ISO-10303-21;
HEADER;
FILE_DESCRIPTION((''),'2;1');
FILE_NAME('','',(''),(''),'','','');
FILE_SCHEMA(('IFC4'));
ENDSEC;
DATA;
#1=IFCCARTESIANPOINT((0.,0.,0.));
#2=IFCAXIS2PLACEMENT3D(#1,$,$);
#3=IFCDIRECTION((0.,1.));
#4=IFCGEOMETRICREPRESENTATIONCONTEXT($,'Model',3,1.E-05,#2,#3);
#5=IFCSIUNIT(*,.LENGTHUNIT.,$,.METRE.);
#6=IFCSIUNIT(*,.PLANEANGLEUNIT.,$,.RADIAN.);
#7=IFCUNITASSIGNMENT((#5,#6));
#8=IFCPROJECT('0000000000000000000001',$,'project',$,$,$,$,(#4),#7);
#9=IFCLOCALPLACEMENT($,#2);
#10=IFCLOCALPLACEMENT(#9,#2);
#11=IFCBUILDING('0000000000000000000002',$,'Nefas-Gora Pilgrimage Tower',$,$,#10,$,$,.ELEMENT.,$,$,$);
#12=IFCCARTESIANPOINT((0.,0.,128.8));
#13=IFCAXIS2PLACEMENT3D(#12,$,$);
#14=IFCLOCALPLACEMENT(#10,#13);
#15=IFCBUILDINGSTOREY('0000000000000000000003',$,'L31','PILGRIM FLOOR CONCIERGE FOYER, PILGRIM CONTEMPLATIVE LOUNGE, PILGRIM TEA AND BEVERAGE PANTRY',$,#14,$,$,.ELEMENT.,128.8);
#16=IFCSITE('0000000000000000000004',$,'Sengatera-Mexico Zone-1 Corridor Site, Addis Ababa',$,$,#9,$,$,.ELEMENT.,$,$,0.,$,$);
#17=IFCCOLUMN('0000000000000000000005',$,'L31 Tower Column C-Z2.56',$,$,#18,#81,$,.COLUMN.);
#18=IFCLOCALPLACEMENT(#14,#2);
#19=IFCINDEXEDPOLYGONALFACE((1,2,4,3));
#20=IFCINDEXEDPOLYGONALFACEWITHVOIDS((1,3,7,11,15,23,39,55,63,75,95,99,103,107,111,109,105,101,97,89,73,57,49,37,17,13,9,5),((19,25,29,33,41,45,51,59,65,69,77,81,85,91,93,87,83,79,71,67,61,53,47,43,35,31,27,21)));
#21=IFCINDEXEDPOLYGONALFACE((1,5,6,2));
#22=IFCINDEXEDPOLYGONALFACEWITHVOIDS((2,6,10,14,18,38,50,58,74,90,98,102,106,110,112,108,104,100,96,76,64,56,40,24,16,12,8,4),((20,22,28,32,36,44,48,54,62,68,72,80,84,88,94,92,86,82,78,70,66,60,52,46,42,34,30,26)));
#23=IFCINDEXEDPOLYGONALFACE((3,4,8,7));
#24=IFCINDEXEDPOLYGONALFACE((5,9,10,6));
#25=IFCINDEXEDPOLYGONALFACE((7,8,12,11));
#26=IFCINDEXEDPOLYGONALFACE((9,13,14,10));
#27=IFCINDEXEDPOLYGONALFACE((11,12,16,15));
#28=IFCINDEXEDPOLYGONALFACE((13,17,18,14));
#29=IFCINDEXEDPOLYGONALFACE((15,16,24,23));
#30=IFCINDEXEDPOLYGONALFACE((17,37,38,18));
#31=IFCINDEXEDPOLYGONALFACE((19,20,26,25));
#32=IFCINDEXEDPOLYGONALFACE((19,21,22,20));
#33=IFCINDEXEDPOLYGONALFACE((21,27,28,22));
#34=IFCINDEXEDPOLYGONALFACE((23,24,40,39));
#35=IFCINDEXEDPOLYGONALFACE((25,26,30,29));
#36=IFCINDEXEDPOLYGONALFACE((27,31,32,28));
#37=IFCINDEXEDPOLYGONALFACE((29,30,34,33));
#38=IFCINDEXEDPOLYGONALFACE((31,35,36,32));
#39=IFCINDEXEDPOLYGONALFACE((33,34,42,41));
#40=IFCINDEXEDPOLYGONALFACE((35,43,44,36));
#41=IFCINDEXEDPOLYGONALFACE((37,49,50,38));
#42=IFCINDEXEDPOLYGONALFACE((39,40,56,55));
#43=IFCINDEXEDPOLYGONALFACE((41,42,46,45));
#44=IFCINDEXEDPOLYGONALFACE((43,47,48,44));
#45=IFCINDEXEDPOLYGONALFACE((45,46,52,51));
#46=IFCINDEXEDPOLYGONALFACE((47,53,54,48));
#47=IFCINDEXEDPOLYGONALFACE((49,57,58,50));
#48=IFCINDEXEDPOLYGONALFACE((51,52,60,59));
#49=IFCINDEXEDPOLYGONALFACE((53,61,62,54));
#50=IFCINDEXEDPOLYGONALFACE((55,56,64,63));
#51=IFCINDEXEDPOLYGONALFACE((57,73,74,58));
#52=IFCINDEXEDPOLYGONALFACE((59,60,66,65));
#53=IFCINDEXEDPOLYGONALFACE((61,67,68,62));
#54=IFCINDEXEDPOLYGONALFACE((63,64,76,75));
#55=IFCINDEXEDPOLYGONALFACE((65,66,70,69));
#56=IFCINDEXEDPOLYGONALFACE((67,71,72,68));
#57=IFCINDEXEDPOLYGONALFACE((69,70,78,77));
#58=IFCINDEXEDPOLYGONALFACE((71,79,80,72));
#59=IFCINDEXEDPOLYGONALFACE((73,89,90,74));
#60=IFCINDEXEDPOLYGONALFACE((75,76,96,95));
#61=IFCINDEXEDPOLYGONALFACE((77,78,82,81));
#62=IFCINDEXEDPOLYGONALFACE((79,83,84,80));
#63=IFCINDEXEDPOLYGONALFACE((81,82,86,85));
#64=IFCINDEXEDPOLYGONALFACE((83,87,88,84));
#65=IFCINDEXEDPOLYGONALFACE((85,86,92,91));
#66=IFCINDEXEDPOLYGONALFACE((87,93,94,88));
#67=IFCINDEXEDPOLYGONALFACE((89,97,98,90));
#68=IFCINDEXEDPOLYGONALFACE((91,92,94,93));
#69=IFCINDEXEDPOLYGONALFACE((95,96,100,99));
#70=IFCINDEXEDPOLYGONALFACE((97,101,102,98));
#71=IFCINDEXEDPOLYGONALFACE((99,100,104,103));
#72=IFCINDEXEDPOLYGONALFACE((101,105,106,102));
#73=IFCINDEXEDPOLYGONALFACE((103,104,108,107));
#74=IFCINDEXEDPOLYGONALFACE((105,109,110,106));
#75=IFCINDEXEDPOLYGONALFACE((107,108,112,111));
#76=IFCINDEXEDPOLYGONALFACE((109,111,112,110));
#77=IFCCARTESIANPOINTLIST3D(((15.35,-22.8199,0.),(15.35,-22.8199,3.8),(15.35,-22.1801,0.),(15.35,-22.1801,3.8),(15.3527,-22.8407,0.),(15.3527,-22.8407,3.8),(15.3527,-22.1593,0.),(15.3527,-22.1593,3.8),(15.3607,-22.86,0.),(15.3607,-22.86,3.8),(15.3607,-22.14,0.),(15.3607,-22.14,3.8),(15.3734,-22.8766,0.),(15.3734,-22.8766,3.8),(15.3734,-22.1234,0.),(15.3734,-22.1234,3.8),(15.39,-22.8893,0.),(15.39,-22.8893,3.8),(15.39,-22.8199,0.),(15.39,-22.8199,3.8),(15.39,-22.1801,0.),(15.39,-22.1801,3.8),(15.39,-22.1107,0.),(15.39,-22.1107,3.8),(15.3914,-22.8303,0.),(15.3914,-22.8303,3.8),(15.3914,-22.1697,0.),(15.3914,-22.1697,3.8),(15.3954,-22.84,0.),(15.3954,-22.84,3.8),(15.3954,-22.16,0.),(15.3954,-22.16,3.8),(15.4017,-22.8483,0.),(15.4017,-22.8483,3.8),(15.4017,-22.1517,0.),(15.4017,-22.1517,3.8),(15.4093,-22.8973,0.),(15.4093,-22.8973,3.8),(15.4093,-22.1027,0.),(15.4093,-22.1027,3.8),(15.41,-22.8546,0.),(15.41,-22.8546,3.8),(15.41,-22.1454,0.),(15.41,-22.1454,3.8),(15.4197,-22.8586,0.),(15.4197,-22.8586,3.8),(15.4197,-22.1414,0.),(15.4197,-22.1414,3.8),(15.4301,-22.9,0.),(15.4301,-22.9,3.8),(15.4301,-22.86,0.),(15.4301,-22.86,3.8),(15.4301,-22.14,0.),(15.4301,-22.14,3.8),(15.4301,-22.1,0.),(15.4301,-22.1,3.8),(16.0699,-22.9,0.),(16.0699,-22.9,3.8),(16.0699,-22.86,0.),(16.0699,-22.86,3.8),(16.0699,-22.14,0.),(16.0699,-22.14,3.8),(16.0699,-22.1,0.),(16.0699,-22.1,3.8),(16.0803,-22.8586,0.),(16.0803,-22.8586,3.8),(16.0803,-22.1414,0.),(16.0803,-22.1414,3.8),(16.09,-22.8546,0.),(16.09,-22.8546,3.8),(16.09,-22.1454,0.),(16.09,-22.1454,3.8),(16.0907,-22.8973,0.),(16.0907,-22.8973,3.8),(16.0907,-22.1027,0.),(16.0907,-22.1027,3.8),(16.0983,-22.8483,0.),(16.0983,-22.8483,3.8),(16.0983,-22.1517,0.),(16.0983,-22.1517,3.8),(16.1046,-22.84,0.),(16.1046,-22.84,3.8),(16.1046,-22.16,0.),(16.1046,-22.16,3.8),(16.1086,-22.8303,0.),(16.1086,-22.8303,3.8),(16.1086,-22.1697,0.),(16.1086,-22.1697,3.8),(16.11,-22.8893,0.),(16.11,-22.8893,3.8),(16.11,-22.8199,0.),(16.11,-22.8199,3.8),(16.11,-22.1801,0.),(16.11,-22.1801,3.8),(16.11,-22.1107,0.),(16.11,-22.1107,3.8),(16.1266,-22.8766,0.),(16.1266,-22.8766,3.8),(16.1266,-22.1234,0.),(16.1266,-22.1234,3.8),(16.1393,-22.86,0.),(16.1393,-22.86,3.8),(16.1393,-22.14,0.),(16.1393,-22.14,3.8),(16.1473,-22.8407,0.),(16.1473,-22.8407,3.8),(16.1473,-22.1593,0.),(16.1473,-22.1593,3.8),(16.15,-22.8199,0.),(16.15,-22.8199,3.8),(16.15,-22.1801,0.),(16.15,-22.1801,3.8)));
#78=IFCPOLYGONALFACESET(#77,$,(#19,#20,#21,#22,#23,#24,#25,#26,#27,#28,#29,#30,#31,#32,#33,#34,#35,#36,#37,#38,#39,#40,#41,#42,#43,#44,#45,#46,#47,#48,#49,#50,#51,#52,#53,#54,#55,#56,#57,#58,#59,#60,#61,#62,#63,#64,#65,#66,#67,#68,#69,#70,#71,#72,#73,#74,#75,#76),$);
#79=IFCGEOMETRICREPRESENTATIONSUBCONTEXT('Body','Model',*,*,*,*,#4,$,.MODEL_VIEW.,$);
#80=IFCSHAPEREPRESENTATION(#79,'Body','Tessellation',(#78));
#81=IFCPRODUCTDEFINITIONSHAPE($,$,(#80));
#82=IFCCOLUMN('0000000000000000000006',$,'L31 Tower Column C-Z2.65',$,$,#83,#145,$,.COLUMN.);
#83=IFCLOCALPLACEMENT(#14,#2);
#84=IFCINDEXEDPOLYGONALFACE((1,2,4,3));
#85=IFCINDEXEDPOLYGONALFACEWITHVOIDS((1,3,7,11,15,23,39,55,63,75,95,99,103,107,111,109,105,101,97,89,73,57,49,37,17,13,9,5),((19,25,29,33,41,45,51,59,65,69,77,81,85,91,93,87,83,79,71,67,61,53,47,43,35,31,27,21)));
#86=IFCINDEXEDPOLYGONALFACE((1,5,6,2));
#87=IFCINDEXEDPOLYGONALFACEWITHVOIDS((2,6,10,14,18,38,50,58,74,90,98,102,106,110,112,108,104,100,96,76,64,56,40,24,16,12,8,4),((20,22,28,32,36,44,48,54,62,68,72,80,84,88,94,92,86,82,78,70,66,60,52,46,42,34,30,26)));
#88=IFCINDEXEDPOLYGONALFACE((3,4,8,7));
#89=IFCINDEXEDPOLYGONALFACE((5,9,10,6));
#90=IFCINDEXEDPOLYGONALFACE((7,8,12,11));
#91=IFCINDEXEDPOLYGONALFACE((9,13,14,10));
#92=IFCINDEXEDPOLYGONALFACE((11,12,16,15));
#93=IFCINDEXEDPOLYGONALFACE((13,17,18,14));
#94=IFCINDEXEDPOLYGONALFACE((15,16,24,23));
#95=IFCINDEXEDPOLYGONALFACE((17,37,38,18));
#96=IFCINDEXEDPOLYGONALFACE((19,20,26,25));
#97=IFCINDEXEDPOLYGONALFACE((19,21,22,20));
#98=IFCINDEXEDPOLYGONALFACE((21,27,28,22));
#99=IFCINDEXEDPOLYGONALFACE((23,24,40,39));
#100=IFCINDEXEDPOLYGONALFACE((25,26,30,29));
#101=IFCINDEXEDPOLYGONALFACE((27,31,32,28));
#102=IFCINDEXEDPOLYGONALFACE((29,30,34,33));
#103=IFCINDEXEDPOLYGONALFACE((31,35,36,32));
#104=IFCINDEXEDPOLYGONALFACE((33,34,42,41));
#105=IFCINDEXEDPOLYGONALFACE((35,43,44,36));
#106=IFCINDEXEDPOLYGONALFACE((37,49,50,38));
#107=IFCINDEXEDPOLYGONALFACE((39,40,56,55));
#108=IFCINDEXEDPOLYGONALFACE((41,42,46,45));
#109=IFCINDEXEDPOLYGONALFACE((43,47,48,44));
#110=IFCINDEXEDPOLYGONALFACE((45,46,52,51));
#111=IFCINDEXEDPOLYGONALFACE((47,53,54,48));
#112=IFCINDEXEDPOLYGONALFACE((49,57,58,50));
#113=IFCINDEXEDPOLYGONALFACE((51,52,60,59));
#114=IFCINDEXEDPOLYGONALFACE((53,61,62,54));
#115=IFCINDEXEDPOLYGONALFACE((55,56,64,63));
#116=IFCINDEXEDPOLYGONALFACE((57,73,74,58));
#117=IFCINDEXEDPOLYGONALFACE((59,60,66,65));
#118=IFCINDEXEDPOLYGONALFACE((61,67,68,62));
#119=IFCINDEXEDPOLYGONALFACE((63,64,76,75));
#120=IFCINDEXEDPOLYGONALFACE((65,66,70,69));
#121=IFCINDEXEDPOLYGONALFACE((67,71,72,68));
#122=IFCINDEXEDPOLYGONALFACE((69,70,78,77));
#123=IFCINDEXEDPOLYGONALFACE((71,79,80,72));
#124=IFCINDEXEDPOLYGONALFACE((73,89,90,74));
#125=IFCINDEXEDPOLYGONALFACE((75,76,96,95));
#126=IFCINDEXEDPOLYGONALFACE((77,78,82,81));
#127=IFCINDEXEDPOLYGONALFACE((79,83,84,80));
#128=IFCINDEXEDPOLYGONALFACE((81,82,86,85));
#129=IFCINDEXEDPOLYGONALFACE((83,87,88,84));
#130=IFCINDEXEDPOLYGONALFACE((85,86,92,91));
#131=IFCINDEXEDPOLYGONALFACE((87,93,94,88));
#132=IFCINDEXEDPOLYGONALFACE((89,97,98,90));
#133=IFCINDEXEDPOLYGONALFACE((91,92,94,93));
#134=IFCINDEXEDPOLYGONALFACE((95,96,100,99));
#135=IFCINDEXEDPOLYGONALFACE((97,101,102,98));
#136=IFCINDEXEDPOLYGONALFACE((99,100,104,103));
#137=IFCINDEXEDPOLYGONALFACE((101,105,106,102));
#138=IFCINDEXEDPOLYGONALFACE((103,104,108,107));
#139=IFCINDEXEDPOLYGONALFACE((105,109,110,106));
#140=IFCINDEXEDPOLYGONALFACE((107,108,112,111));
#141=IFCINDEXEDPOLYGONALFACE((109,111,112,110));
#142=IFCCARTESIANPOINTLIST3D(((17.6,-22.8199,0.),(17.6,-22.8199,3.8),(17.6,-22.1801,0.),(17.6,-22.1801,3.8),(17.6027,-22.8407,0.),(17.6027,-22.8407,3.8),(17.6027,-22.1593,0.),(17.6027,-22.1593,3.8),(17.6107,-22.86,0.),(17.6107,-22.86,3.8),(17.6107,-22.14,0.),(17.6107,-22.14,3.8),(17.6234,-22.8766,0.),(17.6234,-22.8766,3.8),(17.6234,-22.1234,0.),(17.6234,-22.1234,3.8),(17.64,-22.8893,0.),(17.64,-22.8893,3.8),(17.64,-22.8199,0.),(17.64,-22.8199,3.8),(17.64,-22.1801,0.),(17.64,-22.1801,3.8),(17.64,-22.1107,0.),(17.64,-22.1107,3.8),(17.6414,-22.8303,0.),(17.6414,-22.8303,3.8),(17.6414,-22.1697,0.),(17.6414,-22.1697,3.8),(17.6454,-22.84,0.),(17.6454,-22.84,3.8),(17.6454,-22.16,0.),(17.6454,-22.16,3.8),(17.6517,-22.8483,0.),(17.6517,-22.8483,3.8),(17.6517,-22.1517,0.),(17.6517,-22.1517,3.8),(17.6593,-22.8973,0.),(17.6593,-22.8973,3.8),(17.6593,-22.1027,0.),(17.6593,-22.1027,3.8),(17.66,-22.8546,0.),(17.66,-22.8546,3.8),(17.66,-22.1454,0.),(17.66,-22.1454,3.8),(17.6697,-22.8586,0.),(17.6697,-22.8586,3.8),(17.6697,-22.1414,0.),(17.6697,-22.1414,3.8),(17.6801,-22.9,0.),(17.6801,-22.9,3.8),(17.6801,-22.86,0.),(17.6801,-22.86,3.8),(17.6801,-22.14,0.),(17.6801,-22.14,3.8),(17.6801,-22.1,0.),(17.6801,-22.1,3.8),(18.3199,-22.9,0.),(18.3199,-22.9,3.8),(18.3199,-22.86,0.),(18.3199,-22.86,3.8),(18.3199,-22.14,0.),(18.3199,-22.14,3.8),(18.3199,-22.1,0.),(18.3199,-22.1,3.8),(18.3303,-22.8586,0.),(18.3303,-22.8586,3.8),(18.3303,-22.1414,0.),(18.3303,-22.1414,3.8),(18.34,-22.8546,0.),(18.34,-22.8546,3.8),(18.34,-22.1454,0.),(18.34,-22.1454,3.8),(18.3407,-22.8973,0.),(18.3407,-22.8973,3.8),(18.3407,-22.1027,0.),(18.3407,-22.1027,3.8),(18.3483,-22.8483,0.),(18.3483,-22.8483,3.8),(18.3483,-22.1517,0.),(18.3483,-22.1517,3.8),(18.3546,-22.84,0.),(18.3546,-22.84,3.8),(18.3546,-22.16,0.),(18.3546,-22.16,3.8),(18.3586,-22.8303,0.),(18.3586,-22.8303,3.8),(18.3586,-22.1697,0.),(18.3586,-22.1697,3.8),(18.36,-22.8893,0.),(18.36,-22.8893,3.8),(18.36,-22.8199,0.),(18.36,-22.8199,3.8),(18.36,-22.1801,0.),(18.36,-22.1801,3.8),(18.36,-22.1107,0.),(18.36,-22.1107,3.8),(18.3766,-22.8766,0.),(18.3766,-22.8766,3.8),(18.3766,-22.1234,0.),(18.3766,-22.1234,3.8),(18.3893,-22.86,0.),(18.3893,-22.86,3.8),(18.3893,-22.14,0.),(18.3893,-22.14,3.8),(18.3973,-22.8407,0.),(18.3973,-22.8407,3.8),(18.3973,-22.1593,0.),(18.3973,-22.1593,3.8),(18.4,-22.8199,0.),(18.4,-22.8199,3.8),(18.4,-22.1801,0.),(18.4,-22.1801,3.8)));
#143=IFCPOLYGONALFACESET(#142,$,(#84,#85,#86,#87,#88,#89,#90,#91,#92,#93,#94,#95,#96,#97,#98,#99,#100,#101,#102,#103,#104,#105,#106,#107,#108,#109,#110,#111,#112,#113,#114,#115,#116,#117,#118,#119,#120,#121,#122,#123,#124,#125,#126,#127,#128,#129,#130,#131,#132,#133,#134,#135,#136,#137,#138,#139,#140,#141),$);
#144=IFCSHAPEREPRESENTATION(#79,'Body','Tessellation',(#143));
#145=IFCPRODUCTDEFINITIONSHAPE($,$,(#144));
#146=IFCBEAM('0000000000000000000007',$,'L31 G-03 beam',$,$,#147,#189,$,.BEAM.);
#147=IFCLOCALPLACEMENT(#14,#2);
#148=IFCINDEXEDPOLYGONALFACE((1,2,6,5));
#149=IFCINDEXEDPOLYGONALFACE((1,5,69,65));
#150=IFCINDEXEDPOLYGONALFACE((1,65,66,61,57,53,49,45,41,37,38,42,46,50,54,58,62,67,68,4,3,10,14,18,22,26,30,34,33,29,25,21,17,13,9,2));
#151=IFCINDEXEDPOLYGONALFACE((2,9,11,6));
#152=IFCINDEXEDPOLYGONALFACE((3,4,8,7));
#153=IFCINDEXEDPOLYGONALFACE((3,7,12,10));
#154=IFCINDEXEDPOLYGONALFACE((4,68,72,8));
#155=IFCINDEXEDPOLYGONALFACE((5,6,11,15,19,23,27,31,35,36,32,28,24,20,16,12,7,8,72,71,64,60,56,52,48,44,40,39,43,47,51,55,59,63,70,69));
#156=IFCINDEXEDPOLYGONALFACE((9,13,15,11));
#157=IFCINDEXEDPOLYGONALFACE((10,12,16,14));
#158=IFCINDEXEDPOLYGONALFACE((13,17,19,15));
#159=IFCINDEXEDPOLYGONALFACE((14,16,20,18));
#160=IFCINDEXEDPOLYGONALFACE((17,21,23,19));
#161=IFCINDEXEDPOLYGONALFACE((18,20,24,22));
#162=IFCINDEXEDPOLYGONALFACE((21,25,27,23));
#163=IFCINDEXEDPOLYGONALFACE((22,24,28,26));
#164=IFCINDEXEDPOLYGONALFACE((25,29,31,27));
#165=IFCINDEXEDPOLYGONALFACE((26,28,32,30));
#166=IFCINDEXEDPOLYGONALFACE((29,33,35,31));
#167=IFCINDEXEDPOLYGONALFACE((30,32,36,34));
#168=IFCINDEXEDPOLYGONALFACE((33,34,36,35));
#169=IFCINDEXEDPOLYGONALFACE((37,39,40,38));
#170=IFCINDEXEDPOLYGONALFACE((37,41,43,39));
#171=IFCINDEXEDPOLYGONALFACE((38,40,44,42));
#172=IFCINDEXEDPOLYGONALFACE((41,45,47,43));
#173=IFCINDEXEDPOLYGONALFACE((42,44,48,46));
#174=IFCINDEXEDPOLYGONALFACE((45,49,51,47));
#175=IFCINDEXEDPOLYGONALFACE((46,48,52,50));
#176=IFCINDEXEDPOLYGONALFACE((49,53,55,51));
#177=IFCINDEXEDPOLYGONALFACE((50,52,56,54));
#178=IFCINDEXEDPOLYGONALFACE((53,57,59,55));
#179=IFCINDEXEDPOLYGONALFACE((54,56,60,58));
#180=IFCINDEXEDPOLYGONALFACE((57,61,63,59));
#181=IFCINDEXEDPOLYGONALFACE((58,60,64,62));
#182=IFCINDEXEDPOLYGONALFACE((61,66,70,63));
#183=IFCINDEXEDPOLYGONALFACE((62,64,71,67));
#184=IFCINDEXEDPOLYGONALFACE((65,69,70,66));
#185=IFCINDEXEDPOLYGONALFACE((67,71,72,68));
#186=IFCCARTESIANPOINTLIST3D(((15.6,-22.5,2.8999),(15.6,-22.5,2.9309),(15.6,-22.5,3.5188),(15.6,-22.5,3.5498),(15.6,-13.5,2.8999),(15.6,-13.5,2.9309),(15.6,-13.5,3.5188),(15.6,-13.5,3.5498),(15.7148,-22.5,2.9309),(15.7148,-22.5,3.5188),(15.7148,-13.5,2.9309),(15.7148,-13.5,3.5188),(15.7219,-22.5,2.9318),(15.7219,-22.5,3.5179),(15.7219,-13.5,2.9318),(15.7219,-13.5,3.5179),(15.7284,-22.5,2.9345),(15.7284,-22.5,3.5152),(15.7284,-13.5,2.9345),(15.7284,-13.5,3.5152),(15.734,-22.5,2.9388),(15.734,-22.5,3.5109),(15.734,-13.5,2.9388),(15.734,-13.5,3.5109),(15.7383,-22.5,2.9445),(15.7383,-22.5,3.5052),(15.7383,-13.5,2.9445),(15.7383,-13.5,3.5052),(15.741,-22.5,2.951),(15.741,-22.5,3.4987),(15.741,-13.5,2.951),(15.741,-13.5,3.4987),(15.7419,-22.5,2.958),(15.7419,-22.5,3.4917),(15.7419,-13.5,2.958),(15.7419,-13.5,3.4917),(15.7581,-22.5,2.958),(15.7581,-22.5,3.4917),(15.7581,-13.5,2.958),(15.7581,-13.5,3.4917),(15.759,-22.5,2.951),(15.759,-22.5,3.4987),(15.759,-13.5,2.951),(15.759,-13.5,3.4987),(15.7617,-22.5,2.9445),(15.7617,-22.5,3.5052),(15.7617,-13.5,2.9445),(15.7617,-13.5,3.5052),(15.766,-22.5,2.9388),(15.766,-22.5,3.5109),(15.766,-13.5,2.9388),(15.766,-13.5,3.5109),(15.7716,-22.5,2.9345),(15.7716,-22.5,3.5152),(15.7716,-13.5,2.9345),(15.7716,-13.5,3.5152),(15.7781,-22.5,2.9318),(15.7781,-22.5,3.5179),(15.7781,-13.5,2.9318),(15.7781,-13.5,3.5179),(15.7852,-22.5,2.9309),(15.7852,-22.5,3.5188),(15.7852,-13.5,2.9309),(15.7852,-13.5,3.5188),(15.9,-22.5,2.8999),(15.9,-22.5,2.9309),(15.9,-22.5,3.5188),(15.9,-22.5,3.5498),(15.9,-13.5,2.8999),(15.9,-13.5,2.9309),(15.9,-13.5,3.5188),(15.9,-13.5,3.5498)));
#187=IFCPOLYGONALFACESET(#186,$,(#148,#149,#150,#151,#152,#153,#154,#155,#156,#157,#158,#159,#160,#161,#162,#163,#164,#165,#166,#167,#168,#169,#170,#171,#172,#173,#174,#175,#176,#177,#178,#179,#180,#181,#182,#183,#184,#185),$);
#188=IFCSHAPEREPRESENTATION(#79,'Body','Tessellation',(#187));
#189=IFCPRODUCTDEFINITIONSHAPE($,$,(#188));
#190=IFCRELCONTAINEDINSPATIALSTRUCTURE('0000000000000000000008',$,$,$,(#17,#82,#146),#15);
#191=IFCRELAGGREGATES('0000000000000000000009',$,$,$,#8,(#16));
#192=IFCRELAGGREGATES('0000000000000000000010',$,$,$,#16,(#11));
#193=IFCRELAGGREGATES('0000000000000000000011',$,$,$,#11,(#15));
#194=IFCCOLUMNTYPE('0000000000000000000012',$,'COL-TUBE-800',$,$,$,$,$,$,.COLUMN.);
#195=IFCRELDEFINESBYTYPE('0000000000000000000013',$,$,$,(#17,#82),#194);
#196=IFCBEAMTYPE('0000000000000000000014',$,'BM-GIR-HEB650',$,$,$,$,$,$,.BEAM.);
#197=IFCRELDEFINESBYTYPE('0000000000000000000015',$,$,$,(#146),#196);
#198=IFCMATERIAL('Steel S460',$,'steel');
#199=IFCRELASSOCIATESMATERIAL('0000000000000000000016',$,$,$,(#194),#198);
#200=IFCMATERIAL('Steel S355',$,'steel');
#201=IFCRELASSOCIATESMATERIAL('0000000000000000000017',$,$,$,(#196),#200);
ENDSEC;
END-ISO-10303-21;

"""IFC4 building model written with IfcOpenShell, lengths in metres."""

from ifc_helpers import new_model, si_unit, direction, frame, origin, origin_2d, place, context, subcontext, project, spatial, hollow_rectangle, i_section, extrude, source, transform, mapped, material, material_profile, profile_set, type_object, element, save


model = new_model("IFC4")

# Units and contexts
model_context = context("Model", 3, precision=1e-05, world=origin(), true_north=direction((0.0, 1.0)))
body_context = subcontext(model_context, "Body", "Model", "MODEL_VIEW")
ifc_project = project(units=[si_unit("LENGTHUNIT", "METRE"), si_unit("PLANEANGLEUNIT", "RADIAN")], contexts=[model_context])

# Site, building, storey
site_placement = place(None, origin())
site = spatial("IfcSite", under=ifc_project, at=site_placement, Name="Sengatera-Mexico Zone-1 Corridor Site, Addis Ababa", CompositionType="ELEMENT", RefElevation=0.0)
building_placement = place(site_placement, origin())
building = spatial("IfcBuilding", under=site, at=building_placement, Name="Nefas-Gora Pilgrimage Tower", CompositionType="ELEMENT")
storey_placement = place(building_placement, frame((0.0, 0.0, 128.8)))
storey = spatial("IfcBuildingStorey", under=building, at=storey_placement, Name="L31", Description="PILGRIM FLOOR CONCIERGE FOYER, PILGRIM CONTEMPLATIVE LOUNGE, PILGRIM TEA AND BEVERAGE PANTRY", CompositionType="ELEMENT", Elevation=128.8)

# Columns
ifc_material_1 = material(Name="Steel S460", Category="steel")
ifc_material_profile_1 = material_profile(ifc_material_1, hollow_rectangle(XDim=0.8, YDim=0.8, WallThickness=0.04, InnerFilletRadius=0.04, OuterFilletRadius=0.0801, at=origin_2d()), Name="BOX 800x800x40")
ifc_profile_set_1 = profile_set([ifc_material_profile_1], Name="Steel S460")
column_type_1 = type_object("IfcColumnType", Name="COL-TUBE-800", PredefinedType="COLUMN", material=ifc_profile_set_1)
shared_shape_1 = source(origin(), body_context, "Body", "SweptSolid", [
    extrude(hollow_rectangle(XDim=0.8, YDim=0.8, WallThickness=0.04, InnerFilletRadius=0.04, OuterFilletRadius=0.0801, at=origin_2d()), origin(), (0.0, 0.0, 1.0), 3.8),
])
for number, where, z_axis, x_axis, name in (
    (1, (15.75, -22.5, 0.0), (0.0, 0.0, 1.0), (1.0, 0.0, 0.0), "L31 Tower Column C-Z2.56"),
    (2, (18.0, -22.5, 0.0), (0.0, 0.0, 1.0), (1.0, 0.0, 0.0), "L31 Tower Column C-Z2.65"),
):
    element("IfcColumn", number, at=place(storey_placement, frame(where, z_axis=z_axis, x_axis=x_axis)), inside=storey, type_object=column_type_1, Name=name, PredefinedType="COLUMN", context=body_context, shape_type="MappedRepresentation", body=[
        mapped(shared_shape_1, transform((0.0, 0.0, 0.0), x_axis=(1.0, 0.0, 0.0), y_axis=(0.0, 1.0, 0.0), z_axis=(0.0, 0.0, 1.0), scale=1.0)),
    ])

# Beam
ifc_material_2 = material(Name="Steel S355", Category="steel")
ifc_material_profile_2 = material_profile(ifc_material_2, i_section(OverallWidth=0.3, OverallDepth=0.6499, WebThickness=0.0161, FlangeThickness=0.031, FilletRadius=0.0271, at=origin_2d()), Name="HEB 650")
ifc_profile_set_2 = profile_set([ifc_material_profile_2], Name="Steel S355")
beam_type_1 = type_object("IfcBeamType", Name="BM-GIR-HEB650", PredefinedType="BEAM", material=ifc_profile_set_2)
shared_shape_2 = source(origin(), body_context, "Body", "SweptSolid", [
    extrude(i_section(OverallWidth=0.3, OverallDepth=0.6499, WebThickness=0.0161, FlangeThickness=0.031, FilletRadius=0.0271, at=origin_2d()), origin(), (0.0, 0.0, 1.0), 9.0),
])
beam_placement = place(storey_placement, frame((15.75, -22.5, 3.2249), z_axis=(0.0, 1.0, 0.0), x_axis=(-1.0, 0.0, 0.0)))
element("IfcBeam", 3, at=beam_placement, inside=storey, type_object=beam_type_1, Name="L31 G-03 beam", PredefinedType="BEAM", context=body_context, shape_type="MappedRepresentation", body=[
    mapped(shared_shape_2, transform((0.0, 0.0, 0.0), x_axis=(1.0, 0.0, 0.0), y_axis=(0.0, 1.0, 0.0), z_axis=(0.0, 0.0, 1.0), scale=1.0)),
])

save(model, "model.ifc")
